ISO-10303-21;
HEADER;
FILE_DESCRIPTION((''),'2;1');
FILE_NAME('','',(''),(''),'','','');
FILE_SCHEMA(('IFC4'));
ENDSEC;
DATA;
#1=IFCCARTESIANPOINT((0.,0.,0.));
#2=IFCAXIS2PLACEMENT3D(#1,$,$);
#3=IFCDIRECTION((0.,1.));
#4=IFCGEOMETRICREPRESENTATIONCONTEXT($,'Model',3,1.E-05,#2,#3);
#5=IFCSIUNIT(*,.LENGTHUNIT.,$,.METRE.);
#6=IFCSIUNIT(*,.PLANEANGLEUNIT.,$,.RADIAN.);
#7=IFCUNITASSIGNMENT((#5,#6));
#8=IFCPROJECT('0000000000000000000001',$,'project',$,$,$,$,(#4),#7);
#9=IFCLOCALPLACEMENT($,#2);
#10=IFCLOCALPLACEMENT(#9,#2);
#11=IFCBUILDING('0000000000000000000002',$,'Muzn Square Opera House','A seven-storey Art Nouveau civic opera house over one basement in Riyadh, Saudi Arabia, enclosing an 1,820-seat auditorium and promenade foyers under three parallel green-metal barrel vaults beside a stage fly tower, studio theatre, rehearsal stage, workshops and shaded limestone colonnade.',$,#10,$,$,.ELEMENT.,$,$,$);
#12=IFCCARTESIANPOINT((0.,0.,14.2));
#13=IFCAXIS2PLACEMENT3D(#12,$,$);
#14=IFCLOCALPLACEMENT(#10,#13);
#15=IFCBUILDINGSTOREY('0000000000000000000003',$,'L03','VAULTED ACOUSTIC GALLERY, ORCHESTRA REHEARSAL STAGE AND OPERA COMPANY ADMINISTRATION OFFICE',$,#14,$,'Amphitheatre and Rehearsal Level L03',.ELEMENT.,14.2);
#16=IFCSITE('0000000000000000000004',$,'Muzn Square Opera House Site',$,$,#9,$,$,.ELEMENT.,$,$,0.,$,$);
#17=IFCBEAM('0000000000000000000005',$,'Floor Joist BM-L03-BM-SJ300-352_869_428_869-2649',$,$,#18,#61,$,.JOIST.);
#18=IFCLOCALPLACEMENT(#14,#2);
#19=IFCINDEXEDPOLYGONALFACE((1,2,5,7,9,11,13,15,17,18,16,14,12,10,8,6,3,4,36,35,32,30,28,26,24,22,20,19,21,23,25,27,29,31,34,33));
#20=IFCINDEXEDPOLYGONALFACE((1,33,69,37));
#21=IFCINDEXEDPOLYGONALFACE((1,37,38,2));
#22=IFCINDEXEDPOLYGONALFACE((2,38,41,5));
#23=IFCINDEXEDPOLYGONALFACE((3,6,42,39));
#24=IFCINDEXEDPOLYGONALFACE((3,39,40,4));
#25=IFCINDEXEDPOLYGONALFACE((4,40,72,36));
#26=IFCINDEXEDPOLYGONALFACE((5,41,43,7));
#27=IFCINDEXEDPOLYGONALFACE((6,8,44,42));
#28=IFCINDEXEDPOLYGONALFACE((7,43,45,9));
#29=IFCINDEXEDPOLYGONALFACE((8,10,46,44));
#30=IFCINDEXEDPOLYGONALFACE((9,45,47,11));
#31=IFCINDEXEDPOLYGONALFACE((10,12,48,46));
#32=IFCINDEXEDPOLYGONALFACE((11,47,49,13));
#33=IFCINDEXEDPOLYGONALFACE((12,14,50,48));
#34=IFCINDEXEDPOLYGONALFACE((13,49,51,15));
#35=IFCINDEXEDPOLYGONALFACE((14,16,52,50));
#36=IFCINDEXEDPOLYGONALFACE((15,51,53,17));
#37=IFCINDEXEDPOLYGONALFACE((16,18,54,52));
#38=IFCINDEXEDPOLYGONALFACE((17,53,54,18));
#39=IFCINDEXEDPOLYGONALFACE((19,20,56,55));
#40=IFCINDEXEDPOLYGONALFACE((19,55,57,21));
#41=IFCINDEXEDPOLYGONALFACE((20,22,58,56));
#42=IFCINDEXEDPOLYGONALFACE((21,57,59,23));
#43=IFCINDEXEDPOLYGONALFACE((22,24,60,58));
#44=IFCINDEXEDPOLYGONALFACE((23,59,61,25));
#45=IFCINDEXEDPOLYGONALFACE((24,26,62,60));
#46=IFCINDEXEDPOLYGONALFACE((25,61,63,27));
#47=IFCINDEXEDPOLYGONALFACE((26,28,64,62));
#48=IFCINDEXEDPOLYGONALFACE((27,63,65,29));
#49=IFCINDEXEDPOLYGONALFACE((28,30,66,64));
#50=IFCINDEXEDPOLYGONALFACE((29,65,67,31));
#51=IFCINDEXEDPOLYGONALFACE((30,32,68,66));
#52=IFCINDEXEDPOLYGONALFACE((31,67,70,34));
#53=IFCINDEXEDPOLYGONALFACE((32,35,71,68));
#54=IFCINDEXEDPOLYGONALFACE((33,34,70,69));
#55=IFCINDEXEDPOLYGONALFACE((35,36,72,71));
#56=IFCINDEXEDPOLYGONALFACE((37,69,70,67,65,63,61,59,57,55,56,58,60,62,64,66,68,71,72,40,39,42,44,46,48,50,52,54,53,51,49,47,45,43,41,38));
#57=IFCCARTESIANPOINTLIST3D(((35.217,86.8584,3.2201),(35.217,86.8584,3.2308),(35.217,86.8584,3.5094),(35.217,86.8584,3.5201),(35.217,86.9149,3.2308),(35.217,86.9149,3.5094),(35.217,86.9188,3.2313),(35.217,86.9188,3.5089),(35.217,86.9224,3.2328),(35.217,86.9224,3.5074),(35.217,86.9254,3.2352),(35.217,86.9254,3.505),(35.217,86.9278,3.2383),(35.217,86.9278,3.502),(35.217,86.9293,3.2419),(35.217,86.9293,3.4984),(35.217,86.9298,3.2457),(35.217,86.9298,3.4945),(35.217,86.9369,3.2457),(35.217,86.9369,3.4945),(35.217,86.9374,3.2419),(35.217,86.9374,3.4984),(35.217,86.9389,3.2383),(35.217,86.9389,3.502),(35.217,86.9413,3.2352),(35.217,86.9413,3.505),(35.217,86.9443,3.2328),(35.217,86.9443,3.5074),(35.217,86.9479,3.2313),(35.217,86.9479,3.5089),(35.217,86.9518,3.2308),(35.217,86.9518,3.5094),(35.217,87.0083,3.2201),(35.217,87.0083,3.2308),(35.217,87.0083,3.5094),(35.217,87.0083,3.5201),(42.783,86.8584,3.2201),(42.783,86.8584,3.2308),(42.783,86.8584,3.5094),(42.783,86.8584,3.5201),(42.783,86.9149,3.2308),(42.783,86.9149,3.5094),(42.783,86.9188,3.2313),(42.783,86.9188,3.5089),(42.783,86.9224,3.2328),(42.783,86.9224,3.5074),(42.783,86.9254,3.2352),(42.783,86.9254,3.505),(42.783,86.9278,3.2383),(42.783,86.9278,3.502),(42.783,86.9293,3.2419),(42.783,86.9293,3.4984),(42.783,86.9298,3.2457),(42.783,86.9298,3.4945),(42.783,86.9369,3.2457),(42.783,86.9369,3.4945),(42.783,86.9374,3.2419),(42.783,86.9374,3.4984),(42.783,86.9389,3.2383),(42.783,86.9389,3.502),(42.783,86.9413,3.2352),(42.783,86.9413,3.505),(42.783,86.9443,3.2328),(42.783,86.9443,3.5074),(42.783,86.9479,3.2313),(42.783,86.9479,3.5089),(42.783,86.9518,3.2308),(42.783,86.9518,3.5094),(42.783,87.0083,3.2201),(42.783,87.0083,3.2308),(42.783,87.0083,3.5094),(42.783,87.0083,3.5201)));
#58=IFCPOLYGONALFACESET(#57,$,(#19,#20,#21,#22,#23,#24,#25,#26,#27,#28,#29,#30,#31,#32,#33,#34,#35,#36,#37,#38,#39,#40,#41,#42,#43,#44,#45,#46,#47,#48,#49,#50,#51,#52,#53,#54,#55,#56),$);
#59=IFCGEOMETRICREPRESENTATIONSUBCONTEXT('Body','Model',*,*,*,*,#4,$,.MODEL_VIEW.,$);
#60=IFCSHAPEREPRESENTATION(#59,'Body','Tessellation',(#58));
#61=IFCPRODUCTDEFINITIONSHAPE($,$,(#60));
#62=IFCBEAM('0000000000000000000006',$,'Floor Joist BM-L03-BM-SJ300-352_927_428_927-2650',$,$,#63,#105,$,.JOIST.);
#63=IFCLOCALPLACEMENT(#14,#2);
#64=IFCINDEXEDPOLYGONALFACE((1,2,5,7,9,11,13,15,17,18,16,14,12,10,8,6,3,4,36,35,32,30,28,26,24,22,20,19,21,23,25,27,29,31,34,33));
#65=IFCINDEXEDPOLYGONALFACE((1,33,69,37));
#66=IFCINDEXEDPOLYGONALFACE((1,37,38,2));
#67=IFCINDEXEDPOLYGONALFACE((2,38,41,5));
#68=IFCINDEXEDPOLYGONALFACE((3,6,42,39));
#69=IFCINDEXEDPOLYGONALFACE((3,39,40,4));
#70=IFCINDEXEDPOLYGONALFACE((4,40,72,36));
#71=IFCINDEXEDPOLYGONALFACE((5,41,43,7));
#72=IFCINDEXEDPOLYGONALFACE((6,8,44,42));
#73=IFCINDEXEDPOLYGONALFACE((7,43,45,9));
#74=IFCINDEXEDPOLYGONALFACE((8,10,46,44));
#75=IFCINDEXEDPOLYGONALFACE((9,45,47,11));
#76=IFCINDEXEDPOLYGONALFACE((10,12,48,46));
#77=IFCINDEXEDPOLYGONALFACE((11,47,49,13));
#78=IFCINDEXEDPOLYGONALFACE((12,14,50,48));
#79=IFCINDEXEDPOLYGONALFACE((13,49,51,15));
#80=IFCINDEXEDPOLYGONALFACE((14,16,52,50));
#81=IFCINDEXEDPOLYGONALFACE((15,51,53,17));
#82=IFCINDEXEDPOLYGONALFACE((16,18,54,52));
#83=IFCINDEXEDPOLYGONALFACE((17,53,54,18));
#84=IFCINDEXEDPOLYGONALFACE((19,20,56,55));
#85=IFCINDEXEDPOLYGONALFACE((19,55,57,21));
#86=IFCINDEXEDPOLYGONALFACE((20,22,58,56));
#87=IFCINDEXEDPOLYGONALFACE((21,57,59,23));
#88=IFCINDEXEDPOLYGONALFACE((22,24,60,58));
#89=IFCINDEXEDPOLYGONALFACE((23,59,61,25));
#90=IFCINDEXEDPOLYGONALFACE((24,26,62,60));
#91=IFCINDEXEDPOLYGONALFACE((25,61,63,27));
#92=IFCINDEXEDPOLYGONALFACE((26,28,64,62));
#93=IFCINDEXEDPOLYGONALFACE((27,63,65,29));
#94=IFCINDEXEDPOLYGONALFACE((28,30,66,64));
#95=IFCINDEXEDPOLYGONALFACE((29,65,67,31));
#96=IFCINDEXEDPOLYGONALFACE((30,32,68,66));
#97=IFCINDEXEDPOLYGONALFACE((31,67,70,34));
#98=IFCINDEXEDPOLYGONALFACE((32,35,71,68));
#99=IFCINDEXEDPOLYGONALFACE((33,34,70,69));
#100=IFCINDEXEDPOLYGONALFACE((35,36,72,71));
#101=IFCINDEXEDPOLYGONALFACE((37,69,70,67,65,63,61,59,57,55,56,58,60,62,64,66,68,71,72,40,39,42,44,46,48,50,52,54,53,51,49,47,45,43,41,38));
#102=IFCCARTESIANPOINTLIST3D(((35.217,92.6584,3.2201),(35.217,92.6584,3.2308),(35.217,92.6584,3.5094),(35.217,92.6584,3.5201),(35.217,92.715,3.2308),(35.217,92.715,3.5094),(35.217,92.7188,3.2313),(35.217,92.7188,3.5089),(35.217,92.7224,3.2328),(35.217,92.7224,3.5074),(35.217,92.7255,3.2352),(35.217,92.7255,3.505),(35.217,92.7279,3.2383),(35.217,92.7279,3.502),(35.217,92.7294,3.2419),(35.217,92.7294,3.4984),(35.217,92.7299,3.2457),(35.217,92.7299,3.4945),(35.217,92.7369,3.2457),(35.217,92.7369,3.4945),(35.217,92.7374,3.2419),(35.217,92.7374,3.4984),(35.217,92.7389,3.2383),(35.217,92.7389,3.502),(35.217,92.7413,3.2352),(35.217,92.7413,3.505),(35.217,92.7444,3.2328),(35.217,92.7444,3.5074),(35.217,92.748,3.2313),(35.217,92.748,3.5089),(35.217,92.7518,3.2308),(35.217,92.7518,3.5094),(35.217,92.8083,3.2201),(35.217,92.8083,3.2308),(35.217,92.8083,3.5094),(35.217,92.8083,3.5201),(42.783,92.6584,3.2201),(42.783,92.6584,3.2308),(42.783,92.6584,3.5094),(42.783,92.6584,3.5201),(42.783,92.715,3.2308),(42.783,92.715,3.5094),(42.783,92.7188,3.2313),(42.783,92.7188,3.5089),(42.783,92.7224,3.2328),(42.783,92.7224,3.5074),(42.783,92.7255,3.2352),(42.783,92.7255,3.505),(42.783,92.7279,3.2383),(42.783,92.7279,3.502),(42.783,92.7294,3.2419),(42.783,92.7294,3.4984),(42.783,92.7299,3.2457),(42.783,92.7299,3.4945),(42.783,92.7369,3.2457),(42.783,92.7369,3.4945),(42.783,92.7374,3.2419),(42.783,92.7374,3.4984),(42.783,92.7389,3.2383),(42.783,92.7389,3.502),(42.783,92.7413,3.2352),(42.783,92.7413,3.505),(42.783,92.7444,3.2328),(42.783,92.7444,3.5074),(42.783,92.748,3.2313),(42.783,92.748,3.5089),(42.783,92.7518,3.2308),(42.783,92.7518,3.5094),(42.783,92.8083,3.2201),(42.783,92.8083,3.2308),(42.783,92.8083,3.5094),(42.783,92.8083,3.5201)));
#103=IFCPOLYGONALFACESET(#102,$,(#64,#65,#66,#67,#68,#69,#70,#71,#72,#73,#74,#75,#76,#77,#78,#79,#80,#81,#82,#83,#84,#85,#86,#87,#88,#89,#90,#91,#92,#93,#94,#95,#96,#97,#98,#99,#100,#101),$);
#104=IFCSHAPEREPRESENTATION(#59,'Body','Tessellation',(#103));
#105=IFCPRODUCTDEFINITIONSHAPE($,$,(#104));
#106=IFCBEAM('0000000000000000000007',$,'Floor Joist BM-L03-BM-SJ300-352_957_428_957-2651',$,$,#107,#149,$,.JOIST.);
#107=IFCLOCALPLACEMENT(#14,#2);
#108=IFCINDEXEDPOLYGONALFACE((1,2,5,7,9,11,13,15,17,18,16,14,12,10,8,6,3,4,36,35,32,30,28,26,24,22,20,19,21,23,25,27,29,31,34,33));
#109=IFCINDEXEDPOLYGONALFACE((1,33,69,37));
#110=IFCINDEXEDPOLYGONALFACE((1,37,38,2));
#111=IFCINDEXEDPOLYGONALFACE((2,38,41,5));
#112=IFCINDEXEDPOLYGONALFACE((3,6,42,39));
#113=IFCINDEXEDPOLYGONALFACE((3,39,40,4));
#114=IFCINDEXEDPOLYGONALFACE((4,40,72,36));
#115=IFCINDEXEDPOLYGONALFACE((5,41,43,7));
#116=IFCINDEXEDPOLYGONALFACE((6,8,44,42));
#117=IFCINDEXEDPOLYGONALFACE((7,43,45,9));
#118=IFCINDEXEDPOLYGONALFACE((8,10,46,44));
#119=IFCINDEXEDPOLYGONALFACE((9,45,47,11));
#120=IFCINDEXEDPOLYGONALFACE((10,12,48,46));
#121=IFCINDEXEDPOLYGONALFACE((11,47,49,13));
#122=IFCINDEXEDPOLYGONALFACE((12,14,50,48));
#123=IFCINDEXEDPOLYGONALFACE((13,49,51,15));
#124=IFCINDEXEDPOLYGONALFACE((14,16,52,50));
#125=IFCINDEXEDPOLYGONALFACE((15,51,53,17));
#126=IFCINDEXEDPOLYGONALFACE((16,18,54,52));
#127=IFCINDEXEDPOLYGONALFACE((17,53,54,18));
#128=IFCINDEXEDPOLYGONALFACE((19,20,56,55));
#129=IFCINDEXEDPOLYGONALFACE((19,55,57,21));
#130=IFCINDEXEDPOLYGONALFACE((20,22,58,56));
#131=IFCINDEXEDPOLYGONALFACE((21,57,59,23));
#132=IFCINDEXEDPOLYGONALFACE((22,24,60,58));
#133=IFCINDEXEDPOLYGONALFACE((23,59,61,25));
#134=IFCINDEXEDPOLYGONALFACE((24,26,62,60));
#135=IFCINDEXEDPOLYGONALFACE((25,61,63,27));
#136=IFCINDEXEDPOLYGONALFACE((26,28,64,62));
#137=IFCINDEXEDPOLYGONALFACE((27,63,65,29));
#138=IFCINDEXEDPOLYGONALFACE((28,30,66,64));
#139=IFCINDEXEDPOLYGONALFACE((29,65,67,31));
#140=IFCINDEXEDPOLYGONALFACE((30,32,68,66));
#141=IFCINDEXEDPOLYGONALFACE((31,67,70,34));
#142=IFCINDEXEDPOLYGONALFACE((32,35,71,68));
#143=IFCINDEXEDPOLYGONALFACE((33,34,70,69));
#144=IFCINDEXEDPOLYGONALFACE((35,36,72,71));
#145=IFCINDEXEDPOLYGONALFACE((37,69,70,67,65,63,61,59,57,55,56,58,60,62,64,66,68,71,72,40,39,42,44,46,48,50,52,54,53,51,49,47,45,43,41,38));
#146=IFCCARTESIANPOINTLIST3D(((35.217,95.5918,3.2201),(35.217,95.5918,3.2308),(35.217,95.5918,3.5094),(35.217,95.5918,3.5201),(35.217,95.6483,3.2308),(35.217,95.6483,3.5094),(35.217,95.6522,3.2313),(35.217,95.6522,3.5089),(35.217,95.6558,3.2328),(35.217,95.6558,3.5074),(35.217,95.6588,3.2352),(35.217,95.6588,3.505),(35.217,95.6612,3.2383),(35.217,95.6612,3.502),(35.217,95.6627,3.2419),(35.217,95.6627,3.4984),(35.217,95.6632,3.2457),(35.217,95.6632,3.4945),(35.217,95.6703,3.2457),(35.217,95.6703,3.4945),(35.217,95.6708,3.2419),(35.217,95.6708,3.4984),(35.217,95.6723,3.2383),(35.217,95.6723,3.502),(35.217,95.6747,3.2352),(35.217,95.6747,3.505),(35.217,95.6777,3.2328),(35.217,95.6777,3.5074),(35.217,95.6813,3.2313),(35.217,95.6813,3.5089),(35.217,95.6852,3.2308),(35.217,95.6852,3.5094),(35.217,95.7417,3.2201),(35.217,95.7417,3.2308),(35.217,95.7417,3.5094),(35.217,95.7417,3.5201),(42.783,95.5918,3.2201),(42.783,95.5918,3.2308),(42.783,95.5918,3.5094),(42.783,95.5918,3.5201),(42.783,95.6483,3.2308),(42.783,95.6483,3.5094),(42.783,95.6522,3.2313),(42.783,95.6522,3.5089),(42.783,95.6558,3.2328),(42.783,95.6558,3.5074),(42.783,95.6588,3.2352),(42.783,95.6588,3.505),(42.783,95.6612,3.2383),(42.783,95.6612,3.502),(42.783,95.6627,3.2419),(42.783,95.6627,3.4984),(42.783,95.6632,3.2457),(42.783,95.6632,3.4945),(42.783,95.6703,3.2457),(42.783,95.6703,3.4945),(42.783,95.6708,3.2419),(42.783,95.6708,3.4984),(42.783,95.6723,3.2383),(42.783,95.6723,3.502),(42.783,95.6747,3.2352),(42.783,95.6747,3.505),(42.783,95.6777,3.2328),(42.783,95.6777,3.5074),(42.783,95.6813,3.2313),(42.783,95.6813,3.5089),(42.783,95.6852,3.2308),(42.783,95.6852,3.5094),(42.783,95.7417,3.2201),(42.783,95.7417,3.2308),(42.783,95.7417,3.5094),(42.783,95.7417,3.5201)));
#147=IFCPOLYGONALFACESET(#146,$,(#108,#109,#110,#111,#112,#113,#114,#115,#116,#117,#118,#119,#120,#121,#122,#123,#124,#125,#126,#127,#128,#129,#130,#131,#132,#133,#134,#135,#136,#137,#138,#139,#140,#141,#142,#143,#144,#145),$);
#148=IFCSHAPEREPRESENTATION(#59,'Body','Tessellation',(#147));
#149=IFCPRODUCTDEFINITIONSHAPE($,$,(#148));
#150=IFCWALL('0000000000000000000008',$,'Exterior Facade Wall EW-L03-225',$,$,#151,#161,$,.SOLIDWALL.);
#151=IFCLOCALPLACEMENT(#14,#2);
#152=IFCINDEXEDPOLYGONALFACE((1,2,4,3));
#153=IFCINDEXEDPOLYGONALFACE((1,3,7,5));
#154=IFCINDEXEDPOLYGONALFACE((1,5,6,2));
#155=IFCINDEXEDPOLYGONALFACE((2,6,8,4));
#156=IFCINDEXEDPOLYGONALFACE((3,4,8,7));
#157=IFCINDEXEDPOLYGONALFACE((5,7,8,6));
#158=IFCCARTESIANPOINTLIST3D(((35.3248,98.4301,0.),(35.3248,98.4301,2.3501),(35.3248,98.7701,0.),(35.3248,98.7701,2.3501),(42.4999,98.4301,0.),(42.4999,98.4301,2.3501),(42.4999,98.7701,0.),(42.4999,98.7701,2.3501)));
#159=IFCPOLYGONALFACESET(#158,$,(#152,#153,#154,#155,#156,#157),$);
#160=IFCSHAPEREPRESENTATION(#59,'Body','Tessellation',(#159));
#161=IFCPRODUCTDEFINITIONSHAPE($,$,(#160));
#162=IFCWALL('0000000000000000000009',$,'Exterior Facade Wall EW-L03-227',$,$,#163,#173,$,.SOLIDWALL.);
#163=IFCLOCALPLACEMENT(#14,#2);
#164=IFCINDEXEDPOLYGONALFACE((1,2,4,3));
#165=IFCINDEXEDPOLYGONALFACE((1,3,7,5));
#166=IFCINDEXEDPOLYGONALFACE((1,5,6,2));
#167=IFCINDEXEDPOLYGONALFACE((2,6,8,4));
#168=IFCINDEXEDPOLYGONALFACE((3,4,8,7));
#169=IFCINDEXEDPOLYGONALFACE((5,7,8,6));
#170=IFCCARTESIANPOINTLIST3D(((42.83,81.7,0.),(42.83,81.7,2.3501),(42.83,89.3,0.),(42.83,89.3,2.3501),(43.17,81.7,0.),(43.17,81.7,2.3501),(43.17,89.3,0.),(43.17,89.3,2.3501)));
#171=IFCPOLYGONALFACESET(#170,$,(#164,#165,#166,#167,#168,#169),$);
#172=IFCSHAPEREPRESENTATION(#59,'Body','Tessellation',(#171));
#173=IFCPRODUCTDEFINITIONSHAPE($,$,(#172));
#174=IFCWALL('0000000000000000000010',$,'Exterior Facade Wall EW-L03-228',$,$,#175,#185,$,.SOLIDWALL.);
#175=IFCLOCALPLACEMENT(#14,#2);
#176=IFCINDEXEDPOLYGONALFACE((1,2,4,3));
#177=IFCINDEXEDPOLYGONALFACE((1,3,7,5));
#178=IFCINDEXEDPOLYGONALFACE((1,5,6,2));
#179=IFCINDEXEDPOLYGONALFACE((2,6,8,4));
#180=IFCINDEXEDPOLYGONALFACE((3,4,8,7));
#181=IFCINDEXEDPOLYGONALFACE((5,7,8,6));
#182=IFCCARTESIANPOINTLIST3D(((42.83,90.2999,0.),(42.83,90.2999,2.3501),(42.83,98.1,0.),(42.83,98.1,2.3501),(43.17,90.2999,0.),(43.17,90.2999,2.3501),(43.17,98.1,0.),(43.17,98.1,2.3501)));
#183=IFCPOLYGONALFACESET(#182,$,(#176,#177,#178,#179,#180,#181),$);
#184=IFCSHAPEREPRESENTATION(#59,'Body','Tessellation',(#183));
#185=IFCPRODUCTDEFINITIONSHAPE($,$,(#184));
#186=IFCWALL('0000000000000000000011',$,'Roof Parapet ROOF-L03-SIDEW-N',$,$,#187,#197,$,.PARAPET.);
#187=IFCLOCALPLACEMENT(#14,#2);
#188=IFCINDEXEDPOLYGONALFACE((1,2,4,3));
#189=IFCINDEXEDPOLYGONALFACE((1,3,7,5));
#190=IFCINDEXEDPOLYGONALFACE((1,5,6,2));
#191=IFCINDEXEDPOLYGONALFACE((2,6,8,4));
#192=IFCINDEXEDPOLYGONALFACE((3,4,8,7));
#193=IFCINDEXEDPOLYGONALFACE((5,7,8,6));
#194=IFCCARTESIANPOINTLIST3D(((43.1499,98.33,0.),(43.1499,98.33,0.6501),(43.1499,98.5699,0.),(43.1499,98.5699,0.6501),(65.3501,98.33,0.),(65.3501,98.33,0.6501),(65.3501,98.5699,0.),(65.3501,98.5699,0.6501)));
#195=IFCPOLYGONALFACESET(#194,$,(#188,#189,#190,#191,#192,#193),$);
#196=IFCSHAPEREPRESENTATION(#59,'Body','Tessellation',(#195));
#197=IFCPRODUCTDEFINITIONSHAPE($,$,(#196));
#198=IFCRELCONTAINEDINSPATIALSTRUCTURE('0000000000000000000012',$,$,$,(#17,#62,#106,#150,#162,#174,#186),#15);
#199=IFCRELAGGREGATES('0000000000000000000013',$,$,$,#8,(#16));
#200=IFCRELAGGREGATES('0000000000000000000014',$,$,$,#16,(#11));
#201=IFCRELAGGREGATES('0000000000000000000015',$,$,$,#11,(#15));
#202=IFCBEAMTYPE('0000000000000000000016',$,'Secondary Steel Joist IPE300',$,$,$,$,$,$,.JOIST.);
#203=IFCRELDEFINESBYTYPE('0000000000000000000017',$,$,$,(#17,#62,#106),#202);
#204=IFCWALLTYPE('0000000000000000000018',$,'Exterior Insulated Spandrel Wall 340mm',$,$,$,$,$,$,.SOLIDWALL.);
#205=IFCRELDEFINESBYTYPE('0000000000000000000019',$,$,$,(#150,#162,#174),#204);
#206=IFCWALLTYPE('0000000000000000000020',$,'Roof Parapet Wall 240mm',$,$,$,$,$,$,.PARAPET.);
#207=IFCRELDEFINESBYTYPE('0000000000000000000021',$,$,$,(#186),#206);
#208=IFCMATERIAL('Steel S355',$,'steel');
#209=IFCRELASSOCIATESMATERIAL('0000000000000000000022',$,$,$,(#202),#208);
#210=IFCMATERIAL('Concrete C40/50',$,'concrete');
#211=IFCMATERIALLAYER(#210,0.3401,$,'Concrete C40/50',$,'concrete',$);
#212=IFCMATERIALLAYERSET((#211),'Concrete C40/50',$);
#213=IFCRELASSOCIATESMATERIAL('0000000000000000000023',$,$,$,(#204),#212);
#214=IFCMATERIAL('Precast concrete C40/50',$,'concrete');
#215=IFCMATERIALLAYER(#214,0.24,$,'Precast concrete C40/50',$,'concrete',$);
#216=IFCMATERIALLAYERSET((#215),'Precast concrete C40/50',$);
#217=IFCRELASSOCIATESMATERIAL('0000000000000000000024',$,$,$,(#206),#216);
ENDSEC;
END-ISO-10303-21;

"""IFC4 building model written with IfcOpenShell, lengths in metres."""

from ifc_helpers import new_model, si_unit, direction, frame, frame_2d, origin, origin_2d, place, context, subcontext, project, spatial, rectangle, i_section, extrude, material, layer, layer_set, material_profile, profile_set, type_object, element, save


model = new_model("IFC4")

# Units and contexts
model_context = context("Model", 3, precision=1e-05, world=origin(), true_north=direction((0.0, 1.0)))
body_context = subcontext(model_context, "Body", "Model", "MODEL_VIEW")
ifc_project = project(units=[si_unit("LENGTHUNIT", "METRE"), si_unit("PLANEANGLEUNIT", "RADIAN")], contexts=[model_context])

# Site, building, storey
site_placement = place(None, origin())
site = spatial("IfcSite", under=ifc_project, at=site_placement, Name="Muzn Square Opera House Site", CompositionType="ELEMENT", RefElevation=0.0)
building_placement = place(site_placement, origin())
building = spatial("IfcBuilding", under=site, at=building_placement, Name="Muzn Square Opera House", Description="A seven-storey Art Nouveau civic opera house over one basement in Riyadh, Saudi Arabia, enclosing an 1,820-seat auditorium and promenade foyers under three parallel green-metal barrel vaults beside a stage fly tower, studio theatre, rehearsal stage, workshops and shaded limestone colonnade.", CompositionType="ELEMENT")
storey_placement = place(building_placement, frame((0.0, 0.0, 14.2)))
storey = spatial("IfcBuildingStorey", under=building, at=storey_placement, Name="L03", Description="VAULTED ACOUSTIC GALLERY, ORCHESTRA REHEARSAL STAGE AND OPERA COMPANY ADMINISTRATION OFFICE", LongName="Amphitheatre and Rehearsal Level L03", CompositionType="ELEMENT", Elevation=14.2)

# Beams
ifc_material_1 = material(Name="Concrete C40/50", Category="concrete")
ifc_material_2 = material(Name="Steel S355", Category="steel")
ifc_material_profile_1 = material_profile(ifc_material_2, i_section(OverallWidth=0.1499, OverallDepth=0.3, WebThickness=0.0071, FlangeThickness=0.0107, FilletRadius=0.0149, at=origin_2d()), Name="IPE 300", Category="steel")
ifc_profile_set_1 = profile_set([ifc_material_profile_1], Name="Steel S355")
beam_type_1 = type_object("IfcBeamType", Name="Secondary Steel Joist IPE300", PredefinedType="JOIST", material=ifc_profile_set_1)
for number, where, z_axis, x_axis, name in (
    (1, (35.217, 86.9333, 3.3701), (1.0, 0.0, 0.0), (0.0, 1.0, 0.0), "Floor Joist BM-L03-BM-SJ300-352_869_428_869-2649"),
    (2, (35.217, 92.7334, 3.3701), (1.0, 0.0, 0.0), (0.0, 1.0, 0.0), "Floor Joist BM-L03-BM-SJ300-352_927_428_927-2650"),
    (3, (35.217, 95.6667, 3.3701), (1.0, 0.0, 0.0), (0.0, 1.0, 0.0), "Floor Joist BM-L03-BM-SJ300-352_957_428_957-2651"),
):
    element("IfcBeam", number, at=place(storey_placement, frame(where, z_axis=z_axis, x_axis=x_axis)), inside=storey, type_object=beam_type_1, Name=name, PredefinedType="JOIST", context=body_context, shape_type="SweptSolid", body=[
        extrude(i_section(OverallWidth=0.1499, OverallDepth=0.3, WebThickness=0.0071, FlangeThickness=0.0107, FilletRadius=0.0149, at=origin_2d()), origin(), (0.0, 0.0, 1.0), 7.5659),
    ])

# Walls
ifc_layer_1 = layer(ifc_material_1, 0.3401, Name="Concrete C40/50", Category="concrete")
ifc_layer_set_1 = layer_set([ifc_layer_1], Name="Concrete C40/50")
wall_type_1 = type_object("IfcWallType", Name="Exterior Insulated Spandrel Wall 340mm", PredefinedType="SOLIDWALL", material=ifc_layer_set_1)
wall_1_placement = place(storey_placement, frame((35.325, 98.6001, 0.0), z_axis=(0.0, 0.0, 1.0), x_axis=(1.0, 0.0, 0.0)))
element("IfcWall", 4, at=wall_1_placement, inside=storey, type_object=wall_type_1, Name="Exterior Facade Wall EW-L03-225", PredefinedType="SOLIDWALL", context=body_context, shape_type="SweptSolid", body=[
    extrude(rectangle(XDim=7.175, YDim=0.3401, at=frame_2d((3.5874, 0.0))), origin(), (0.0, 0.0, 1.0), 2.3501),
])
wall_2_placement = place(storey_placement, frame((43.0, 81.7, 0.0), z_axis=(0.0, 0.0, 1.0), x_axis=(0.0, 1.0, 0.0)))
element("IfcWall", 5, at=wall_2_placement, inside=storey, type_object=wall_type_1, Name="Exterior Facade Wall EW-L03-227", PredefinedType="SOLIDWALL", context=body_context, shape_type="SweptSolid", body=[
    extrude(rectangle(XDim=7.6001, YDim=0.3401, at=frame_2d((3.8, 0.0))), origin(), (0.0, 0.0, 1.0), 2.3501),
])
wall_3_placement = place(storey_placement, frame((43.0, 90.3, 0.0), z_axis=(0.0, 0.0, 1.0), x_axis=(0.0, 1.0, 0.0)))
element("IfcWall", 6, at=wall_3_placement, inside=storey, type_object=wall_type_1, Name="Exterior Facade Wall EW-L03-228", PredefinedType="SOLIDWALL", context=body_context, shape_type="SweptSolid", body=[
    extrude(rectangle(XDim=7.8, YDim=0.3401, at=frame_2d((3.8999, 0.0))), origin(), (0.0, 0.0, 1.0), 2.3501),
])
ifc_material_3 = material(Name="Precast concrete C40/50", Category="concrete")
ifc_layer_2 = layer(ifc_material_3, 0.24, Name="Precast concrete C40/50", Category="concrete")
ifc_layer_set_2 = layer_set([ifc_layer_2], Name="Precast concrete C40/50")
wall_type_2 = type_object("IfcWallType", Name="Roof Parapet Wall 240mm", PredefinedType="PARAPET", material=ifc_layer_set_2)
wall_4_placement = place(storey_placement, frame((43.1499, 98.45, 0.0), z_axis=(0.0, 0.0, 1.0), x_axis=(1.0, 0.0, 0.0)))
element("IfcWall", 7, at=wall_4_placement, inside=storey, type_object=wall_type_2, Name="Roof Parapet ROOF-L03-SIDEW-N", PredefinedType="PARAPET", context=body_context, shape_type="SweptSolid", body=[
    extrude(rectangle(XDim=22.2002, YDim=0.24, at=frame_2d((11.1001, 0.0))), origin(), (0.0, 0.0, 1.0), 0.6501),
])

save(model, "model.ifc")
